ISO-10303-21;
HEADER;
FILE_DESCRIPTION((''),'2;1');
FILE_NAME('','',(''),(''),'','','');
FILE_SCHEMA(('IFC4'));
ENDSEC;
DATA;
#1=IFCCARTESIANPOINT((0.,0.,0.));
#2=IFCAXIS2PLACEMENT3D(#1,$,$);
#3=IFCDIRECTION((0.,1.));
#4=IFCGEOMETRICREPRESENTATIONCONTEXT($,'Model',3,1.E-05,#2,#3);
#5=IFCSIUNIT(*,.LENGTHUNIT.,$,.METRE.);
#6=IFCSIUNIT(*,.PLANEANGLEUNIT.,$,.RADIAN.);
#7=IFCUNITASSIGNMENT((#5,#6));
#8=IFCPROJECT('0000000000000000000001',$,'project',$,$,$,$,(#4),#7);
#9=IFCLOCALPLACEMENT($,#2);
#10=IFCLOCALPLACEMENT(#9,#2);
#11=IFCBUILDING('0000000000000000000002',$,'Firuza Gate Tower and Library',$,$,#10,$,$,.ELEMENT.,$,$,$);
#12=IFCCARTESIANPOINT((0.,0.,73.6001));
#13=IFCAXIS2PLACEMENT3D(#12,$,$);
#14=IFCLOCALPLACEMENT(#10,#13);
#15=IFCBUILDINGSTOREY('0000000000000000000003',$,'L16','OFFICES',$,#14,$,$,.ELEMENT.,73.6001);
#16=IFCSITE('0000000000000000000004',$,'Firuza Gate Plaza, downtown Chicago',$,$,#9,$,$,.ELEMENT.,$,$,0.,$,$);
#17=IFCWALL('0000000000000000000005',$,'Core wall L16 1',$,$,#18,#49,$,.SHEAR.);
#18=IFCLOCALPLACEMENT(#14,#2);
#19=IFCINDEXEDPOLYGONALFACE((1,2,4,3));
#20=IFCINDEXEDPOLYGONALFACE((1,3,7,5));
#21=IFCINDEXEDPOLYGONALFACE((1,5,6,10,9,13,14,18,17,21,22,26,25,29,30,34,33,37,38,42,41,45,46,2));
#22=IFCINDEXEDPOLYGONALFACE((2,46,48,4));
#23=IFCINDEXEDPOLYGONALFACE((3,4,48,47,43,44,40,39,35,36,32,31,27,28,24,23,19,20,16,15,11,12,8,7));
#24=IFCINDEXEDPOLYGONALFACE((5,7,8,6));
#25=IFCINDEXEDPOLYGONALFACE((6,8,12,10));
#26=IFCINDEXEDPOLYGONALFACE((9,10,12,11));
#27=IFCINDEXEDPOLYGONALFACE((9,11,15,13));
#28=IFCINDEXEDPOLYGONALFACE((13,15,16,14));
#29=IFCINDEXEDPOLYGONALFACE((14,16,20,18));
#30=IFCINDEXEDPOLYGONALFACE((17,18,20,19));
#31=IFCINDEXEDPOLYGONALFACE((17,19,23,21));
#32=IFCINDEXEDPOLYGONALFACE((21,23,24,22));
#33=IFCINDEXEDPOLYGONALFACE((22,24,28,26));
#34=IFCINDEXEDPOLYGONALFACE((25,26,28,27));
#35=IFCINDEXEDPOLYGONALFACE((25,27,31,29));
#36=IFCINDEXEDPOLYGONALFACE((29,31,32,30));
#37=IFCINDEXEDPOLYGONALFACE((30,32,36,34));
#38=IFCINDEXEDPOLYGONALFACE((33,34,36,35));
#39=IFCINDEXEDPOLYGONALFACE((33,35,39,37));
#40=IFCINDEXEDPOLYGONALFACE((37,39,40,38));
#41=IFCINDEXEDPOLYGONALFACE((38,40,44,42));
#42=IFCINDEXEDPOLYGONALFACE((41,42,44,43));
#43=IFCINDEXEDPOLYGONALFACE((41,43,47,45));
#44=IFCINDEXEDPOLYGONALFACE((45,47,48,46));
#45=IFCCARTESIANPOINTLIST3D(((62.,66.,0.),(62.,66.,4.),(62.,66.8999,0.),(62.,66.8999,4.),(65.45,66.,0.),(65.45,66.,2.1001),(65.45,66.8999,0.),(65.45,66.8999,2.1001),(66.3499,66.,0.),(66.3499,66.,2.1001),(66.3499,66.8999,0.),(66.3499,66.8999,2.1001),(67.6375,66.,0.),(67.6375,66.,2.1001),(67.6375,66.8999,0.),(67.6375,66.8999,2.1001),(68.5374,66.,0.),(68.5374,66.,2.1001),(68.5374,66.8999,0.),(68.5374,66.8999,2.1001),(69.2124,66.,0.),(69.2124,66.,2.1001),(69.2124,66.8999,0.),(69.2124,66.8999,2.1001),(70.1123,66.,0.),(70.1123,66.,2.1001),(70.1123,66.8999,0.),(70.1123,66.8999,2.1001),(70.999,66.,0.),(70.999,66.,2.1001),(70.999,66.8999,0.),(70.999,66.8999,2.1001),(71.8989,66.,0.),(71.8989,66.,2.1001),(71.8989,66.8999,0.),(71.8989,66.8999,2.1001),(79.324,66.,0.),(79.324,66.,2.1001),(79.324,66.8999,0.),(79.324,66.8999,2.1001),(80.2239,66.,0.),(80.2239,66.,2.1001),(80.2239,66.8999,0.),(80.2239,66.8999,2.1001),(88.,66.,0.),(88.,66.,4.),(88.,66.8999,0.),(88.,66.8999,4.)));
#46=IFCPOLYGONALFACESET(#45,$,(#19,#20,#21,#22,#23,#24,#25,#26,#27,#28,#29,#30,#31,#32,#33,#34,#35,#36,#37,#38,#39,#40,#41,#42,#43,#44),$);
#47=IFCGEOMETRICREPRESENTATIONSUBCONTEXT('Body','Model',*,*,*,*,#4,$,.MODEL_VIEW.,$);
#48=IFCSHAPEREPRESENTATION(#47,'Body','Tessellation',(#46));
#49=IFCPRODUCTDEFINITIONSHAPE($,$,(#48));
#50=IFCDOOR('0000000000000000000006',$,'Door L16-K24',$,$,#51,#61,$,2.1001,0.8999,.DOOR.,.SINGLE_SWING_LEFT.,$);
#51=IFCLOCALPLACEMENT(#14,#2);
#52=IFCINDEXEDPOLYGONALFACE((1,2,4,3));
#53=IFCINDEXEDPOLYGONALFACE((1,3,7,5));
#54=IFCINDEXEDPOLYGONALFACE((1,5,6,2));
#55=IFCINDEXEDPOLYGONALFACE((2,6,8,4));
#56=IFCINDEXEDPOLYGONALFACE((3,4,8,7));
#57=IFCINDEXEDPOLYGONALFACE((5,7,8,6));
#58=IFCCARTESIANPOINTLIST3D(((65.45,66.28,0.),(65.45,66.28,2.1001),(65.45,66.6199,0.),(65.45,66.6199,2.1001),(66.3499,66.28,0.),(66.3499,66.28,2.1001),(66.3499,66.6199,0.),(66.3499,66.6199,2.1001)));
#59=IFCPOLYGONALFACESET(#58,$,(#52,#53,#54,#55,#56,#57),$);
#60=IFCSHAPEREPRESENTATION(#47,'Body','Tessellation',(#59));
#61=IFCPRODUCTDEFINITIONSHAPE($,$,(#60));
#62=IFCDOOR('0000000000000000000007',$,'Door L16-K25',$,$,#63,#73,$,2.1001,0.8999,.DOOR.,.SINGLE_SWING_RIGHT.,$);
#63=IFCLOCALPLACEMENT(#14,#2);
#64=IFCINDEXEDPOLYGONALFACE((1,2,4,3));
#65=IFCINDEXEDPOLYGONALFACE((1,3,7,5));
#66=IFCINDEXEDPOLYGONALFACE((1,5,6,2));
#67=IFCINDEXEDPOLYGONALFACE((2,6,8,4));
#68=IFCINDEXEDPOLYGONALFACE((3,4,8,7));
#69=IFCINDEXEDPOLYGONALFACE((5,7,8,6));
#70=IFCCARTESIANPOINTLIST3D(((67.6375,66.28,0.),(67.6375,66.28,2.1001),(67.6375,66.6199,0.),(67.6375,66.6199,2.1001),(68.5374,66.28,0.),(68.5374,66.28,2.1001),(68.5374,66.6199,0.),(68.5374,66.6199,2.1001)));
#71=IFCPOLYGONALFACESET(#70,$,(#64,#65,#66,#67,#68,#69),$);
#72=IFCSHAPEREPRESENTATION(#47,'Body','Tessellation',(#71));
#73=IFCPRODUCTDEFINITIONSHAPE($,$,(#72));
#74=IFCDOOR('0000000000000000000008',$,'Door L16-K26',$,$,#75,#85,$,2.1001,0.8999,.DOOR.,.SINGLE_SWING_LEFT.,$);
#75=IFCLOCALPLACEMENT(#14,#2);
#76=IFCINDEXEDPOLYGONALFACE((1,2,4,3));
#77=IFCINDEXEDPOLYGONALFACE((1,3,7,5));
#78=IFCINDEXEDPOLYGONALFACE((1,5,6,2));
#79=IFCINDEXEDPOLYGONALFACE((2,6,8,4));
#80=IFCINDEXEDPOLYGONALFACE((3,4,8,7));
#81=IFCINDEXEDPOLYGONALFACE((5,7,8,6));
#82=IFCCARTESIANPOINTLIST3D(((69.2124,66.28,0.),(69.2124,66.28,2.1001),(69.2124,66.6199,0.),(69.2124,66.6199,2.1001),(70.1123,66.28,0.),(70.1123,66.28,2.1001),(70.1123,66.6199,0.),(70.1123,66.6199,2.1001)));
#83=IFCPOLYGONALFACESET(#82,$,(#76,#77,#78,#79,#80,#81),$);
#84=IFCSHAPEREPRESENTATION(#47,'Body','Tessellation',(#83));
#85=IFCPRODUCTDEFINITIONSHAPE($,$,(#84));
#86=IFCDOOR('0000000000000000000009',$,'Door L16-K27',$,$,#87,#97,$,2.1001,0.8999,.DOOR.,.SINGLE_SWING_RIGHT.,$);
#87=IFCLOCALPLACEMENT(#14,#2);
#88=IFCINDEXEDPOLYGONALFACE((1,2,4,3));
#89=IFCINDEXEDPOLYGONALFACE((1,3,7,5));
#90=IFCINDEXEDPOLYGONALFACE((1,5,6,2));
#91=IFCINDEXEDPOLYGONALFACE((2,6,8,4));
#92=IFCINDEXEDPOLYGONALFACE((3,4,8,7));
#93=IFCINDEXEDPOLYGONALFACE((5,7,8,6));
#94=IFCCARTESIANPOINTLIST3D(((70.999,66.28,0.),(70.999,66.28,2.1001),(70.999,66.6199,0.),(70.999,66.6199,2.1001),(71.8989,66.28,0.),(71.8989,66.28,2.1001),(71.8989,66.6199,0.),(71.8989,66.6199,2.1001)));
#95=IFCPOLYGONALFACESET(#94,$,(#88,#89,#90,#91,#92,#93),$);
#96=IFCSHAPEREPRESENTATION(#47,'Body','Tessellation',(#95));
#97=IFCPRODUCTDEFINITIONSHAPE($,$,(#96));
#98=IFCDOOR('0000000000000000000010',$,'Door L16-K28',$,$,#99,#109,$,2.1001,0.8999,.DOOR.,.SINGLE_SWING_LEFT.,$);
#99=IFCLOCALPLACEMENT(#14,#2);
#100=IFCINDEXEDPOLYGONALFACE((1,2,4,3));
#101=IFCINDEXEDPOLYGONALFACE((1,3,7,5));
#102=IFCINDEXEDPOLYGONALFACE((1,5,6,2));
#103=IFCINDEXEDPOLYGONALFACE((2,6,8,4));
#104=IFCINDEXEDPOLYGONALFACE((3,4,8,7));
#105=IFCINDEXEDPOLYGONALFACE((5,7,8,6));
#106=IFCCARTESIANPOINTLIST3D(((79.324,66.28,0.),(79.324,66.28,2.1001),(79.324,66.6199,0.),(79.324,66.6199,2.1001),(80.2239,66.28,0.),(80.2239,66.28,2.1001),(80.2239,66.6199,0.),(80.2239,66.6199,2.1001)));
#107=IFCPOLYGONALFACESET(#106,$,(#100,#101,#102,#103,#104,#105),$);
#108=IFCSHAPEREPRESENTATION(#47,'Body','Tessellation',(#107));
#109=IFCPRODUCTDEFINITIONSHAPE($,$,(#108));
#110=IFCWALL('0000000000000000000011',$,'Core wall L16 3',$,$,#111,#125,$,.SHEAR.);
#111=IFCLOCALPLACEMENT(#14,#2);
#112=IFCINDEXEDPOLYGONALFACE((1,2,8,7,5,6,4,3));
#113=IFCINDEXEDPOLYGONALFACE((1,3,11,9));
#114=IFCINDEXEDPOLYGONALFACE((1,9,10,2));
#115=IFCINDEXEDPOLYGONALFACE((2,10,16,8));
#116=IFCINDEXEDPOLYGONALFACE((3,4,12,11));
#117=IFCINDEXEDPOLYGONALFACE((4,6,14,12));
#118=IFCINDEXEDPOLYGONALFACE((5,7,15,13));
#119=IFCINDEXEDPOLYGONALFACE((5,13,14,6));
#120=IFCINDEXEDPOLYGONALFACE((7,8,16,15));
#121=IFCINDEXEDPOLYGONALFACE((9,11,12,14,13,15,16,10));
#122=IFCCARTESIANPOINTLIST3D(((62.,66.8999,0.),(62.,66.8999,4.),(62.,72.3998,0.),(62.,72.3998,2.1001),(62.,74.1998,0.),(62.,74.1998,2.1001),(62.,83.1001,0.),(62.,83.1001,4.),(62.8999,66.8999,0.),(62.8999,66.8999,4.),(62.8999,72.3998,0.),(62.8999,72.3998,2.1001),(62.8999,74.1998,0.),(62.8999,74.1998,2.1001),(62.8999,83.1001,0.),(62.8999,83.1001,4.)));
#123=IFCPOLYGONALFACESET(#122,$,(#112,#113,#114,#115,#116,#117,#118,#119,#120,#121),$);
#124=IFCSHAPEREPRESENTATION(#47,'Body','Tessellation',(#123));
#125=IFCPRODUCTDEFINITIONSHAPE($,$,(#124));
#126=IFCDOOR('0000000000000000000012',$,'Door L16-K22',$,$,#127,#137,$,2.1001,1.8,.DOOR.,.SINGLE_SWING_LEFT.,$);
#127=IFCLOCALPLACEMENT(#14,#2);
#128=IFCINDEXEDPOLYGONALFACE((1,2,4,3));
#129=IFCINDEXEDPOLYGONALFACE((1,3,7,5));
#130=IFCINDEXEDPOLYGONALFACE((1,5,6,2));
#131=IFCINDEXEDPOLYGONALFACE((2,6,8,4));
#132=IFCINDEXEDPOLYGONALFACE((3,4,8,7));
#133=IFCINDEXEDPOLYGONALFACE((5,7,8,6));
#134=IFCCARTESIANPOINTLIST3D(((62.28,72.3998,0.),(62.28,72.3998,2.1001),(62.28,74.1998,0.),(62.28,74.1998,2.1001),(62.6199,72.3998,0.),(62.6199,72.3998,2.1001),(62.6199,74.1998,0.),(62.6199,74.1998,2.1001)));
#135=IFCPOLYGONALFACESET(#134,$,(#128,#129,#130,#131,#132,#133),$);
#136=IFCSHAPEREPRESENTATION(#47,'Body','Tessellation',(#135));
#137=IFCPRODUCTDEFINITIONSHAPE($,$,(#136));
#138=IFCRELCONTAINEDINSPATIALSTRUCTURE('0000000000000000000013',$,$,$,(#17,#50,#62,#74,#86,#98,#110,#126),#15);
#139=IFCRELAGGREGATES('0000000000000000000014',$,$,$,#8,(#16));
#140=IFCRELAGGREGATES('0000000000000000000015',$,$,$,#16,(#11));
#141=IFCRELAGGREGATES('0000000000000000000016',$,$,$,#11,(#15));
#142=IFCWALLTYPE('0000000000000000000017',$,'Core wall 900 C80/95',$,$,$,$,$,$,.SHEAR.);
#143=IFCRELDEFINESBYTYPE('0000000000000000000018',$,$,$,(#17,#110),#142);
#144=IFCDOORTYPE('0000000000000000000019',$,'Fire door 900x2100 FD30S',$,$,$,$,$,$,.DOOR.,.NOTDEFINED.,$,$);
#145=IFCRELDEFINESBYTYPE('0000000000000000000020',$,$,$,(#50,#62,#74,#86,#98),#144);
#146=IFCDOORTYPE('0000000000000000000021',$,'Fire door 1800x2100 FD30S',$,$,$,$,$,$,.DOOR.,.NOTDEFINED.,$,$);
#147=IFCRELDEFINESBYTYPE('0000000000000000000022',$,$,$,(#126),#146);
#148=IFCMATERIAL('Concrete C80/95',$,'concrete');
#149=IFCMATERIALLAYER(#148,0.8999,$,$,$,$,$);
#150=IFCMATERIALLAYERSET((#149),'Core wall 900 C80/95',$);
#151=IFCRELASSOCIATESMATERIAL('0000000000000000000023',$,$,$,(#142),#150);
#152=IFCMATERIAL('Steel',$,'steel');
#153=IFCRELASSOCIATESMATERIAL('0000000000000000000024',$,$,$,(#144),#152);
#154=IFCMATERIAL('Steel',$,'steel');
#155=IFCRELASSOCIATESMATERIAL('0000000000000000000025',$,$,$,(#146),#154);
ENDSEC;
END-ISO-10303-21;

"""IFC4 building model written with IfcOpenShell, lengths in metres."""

from ifc_helpers import new_model, si_unit, direction, frame, frame_2d, origin, place, context, subcontext, project, spatial, rectangle, extrude, material, layer, layer_set, type_object, element, fill, save


model = new_model("IFC4")

# Units and contexts
model_context = context("Model", 3, precision=1e-05, world=origin(), true_north=direction((0.0, 1.0)))
body_context = subcontext(model_context, "Body", "Model", "MODEL_VIEW")
ifc_project = project(units=[si_unit("LENGTHUNIT", "METRE"), si_unit("PLANEANGLEUNIT", "RADIAN")], contexts=[model_context])

# Site, building, storey
site_placement = place(None, origin())
site = spatial("IfcSite", under=ifc_project, at=site_placement, Name="Firuza Gate Plaza, downtown Chicago", CompositionType="ELEMENT", RefElevation=0.0)
building_placement = place(site_placement, origin())
building = spatial("IfcBuilding", under=site, at=building_placement, Name="Firuza Gate Tower and Library", CompositionType="ELEMENT")
storey_placement = place(building_placement, frame((0.0, 0.0, 73.6001)))
storey = spatial("IfcBuildingStorey", under=building, at=storey_placement, Name="L16", Description="OFFICES", CompositionType="ELEMENT", Elevation=73.6001)

# Wall, openings, doors
ifc_material_1 = material(Name="Concrete C80/95", Category="concrete")
ifc_layer_1 = layer(ifc_material_1, 0.8999)
ifc_layer_set_1 = layer_set([ifc_layer_1], Name="Core wall 900 C80/95")
wall_type_1 = type_object("IfcWallType", Name="Core wall 900 C80/95", PredefinedType="SHEAR", material=ifc_layer_set_1)
wall_1_placement = place(storey_placement, frame((62.0, 66.45, 0.0), z_axis=(0.0, 0.0, 1.0), x_axis=(1.0, 0.0, 0.0)))
wall_1 = element("IfcWall", 1, at=wall_1_placement, inside=storey, type_object=wall_type_1, Name="Core wall L16 1", PredefinedType="SHEAR", context=body_context, shape_type="SweptSolid", body=[
    extrude(rectangle(XDim=26.0, YDim=0.8999, at=frame_2d((13.0, 0.0))), origin(), (0.0, 0.0, 1.0), 4.0),
])
opening_1_placement = place(wall_1_placement, frame((3.45, 0.0, 0.0)))
opening_1 = element("IfcOpeningElement", 2, at=opening_1_placement, cuts=wall_1, PredefinedType="OPENING", context=body_context, shape_type="SweptSolid", body=[
    extrude(rectangle(XDim=0.8999, YDim=2.1001, at=frame_2d((0.45, 1.05))), frame((0.0, 0.46, 0.0), z_axis=(0.0, -1.0, 0.0), x_axis=(1.0, 0.0, 0.0)), (0.0, 0.0, 1.0), 0.9199),
])
opening_2_placement = place(wall_1_placement, frame((5.6375, 0.0, 0.0)))
opening_2 = element("IfcOpeningElement", 3, at=opening_2_placement, cuts=wall_1, PredefinedType="OPENING", context=body_context, shape_type="SweptSolid", body=[
    extrude(rectangle(XDim=0.8999, YDim=2.1001, at=frame_2d((0.45, 1.05))), frame((0.0, 0.46, 0.0), z_axis=(0.0, -1.0, 0.0), x_axis=(1.0, 0.0, 0.0)), (0.0, 0.0, 1.0), 0.9199),
])
opening_3_placement = place(wall_1_placement, frame((7.2124, 0.0, 0.0)))
opening_3 = element("IfcOpeningElement", 4, at=opening_3_placement, cuts=wall_1, PredefinedType="OPENING", context=body_context, shape_type="SweptSolid", body=[
    extrude(rectangle(XDim=0.8999, YDim=2.1001, at=frame_2d((0.45, 1.05))), frame((0.0, 0.46, 0.0), z_axis=(0.0, -1.0, 0.0), x_axis=(1.0, 0.0, 0.0)), (0.0, 0.0, 1.0), 0.9199),
])
opening_4_placement = place(wall_1_placement, frame((8.999, 0.0, 0.0)))
opening_4 = element("IfcOpeningElement", 5, at=opening_4_placement, cuts=wall_1, PredefinedType="OPENING", context=body_context, shape_type="SweptSolid", body=[
    extrude(rectangle(XDim=0.8999, YDim=2.1001, at=frame_2d((0.45, 1.05))), frame((0.0, 0.46, 0.0), z_axis=(0.0, -1.0, 0.0), x_axis=(1.0, 0.0, 0.0)), (0.0, 0.0, 1.0), 0.9199),
])
opening_5_placement = place(wall_1_placement, frame((17.324, 0.0, 0.0)))
opening_5 = element("IfcOpeningElement", 6, at=opening_5_placement, cuts=wall_1, PredefinedType="OPENING", context=body_context, shape_type="SweptSolid", body=[
    extrude(rectangle(XDim=0.8999, YDim=2.1001, at=frame_2d((0.45, 1.05))), frame((0.0, 0.46, 0.0), z_axis=(0.0, -1.0, 0.0), x_axis=(1.0, 0.0, 0.0)), (0.0, 0.0, 1.0), 0.9199),
])
ifc_material_2 = material(Name="Steel", Category="steel")
door_type_1 = type_object("IfcDoorType", Name="Fire door 900x2100 FD30S", OperationType="NOTDEFINED", PredefinedType="DOOR", material=ifc_material_2)
door_1_placement = place(opening_1_placement, origin())
door_1 = element("IfcDoor", 7, at=door_1_placement, inside=storey, type_object=door_type_1, Name="Door L16-K24", OperationType="SINGLE_SWING_LEFT", OverallHeight=2.1001, OverallWidth=0.8999, PredefinedType="DOOR", context=body_context, shape_type="SweptSolid", body=[
    extrude(rectangle(XDim=0.8999, YDim=2.1001, at=frame_2d((0.45, 1.05))), frame((0.0, 0.1699, 0.0), z_axis=(0.0, -1.0, 0.0), x_axis=(1.0, 0.0, 0.0)), (0.0, 0.0, 1.0), 0.3398),
])
fill(opening_1, door_1)
door_2_placement = place(opening_2_placement, origin())
door_2 = element("IfcDoor", 8, at=door_2_placement, inside=storey, type_object=door_type_1, Name="Door L16-K25", OperationType="SINGLE_SWING_RIGHT", OverallHeight=2.1001, OverallWidth=0.8999, PredefinedType="DOOR", context=body_context, shape_type="SweptSolid", body=[
    extrude(rectangle(XDim=0.8999, YDim=2.1001, at=frame_2d((0.45, 1.05))), frame((0.0, 0.1699, 0.0), z_axis=(0.0, -1.0, 0.0), x_axis=(1.0, 0.0, 0.0)), (0.0, 0.0, 1.0), 0.3398),
])
fill(opening_2, door_2)
door_3_placement = place(opening_3_placement, origin())
door_3 = element("IfcDoor", 9, at=door_3_placement, inside=storey, type_object=door_type_1, Name="Door L16-K26", OperationType="SINGLE_SWING_LEFT", OverallHeight=2.1001, OverallWidth=0.8999, PredefinedType="DOOR", context=body_context, shape_type="SweptSolid", body=[
    extrude(rectangle(XDim=0.8999, YDim=2.1001, at=frame_2d((0.45, 1.05))), frame((0.0, 0.1699, 0.0), z_axis=(0.0, -1.0, 0.0), x_axis=(1.0, 0.0, 0.0)), (0.0, 0.0, 1.0), 0.3398),
])
fill(opening_3, door_3)
door_4_placement = place(opening_4_placement, origin())
door_4 = element("IfcDoor", 10, at=door_4_placement, inside=storey, type_object=door_type_1, Name="Door L16-K27", OperationType="SINGLE_SWING_RIGHT", OverallHeight=2.1001, OverallWidth=0.8999, PredefinedType="DOOR", context=body_context, shape_type="SweptSolid", body=[
    extrude(rectangle(XDim=0.8999, YDim=2.1001, at=frame_2d((0.45, 1.05))), frame((0.0, 0.1699, 0.0), z_axis=(0.0, -1.0, 0.0), x_axis=(1.0, 0.0, 0.0)), (0.0, 0.0, 1.0), 0.3398),
])
fill(opening_4, door_4)
door_5_placement = place(opening_5_placement, origin())
door_5 = element("IfcDoor", 11, at=door_5_placement, inside=storey, type_object=door_type_1, Name="Door L16-K28", OperationType="SINGLE_SWING_LEFT", OverallHeight=2.1001, OverallWidth=0.8999, PredefinedType="DOOR", context=body_context, shape_type="SweptSolid", body=[
    extrude(rectangle(XDim=0.8999, YDim=2.1001, at=frame_2d((0.45, 1.05))), frame((0.0, 0.1699, 0.0), z_axis=(0.0, -1.0, 0.0), x_axis=(1.0, 0.0, 0.0)), (0.0, 0.0, 1.0), 0.3398),
])
fill(opening_5, door_5)

# Wall, opening, door
wall_2_placement = place(storey_placement, frame((62.45, 66.8999, 0.0), z_axis=(0.0, 0.0, 1.0), x_axis=(0.0, 1.0, 0.0)))
wall_2 = element("IfcWall", 12, at=wall_2_placement, inside=storey, type_object=wall_type_1, Name="Core wall L16 3", PredefinedType="SHEAR", context=body_context, shape_type="SweptSolid", body=[
    extrude(rectangle(XDim=16.2002, YDim=0.8999, at=frame_2d((8.1001, 0.0))), origin(), (0.0, 0.0, 1.0), 4.0),
])
opening_6_placement = place(wall_2_placement, frame((5.5, 0.0, 0.0)))
opening_6 = element("IfcOpeningElement", 13, at=opening_6_placement, cuts=wall_2, PredefinedType="OPENING", context=body_context, shape_type="SweptSolid", body=[
    extrude(rectangle(XDim=1.8, YDim=2.1001, at=frame_2d((0.8999, 1.05))), frame((0.0, 0.46, 0.0), z_axis=(0.0, -1.0, 0.0), x_axis=(1.0, 0.0, 0.0)), (0.0, 0.0, 1.0), 0.9199),
])
ifc_material_3 = material(Name="Steel", Category="steel")
door_type_2 = type_object("IfcDoorType", Name="Fire door 1800x2100 FD30S", OperationType="NOTDEFINED", PredefinedType="DOOR", material=ifc_material_3)
door_6_placement = place(opening_6_placement, origin())
door_6 = element("IfcDoor", 14, at=door_6_placement, inside=storey, type_object=door_type_2, Name="Door L16-K22", OperationType="SINGLE_SWING_LEFT", OverallHeight=2.1001, OverallWidth=1.8, PredefinedType="DOOR", context=body_context, shape_type="SweptSolid", body=[
    extrude(rectangle(XDim=1.8, YDim=2.1001, at=frame_2d((0.8999, 1.05))), frame((0.0, 0.1699, 0.0), z_axis=(0.0, -1.0, 0.0), x_axis=(1.0, 0.0, 0.0)), (0.0, 0.0, 1.0), 0.3398),
])
fill(opening_6, door_6)

save(model, "model.ifc")
